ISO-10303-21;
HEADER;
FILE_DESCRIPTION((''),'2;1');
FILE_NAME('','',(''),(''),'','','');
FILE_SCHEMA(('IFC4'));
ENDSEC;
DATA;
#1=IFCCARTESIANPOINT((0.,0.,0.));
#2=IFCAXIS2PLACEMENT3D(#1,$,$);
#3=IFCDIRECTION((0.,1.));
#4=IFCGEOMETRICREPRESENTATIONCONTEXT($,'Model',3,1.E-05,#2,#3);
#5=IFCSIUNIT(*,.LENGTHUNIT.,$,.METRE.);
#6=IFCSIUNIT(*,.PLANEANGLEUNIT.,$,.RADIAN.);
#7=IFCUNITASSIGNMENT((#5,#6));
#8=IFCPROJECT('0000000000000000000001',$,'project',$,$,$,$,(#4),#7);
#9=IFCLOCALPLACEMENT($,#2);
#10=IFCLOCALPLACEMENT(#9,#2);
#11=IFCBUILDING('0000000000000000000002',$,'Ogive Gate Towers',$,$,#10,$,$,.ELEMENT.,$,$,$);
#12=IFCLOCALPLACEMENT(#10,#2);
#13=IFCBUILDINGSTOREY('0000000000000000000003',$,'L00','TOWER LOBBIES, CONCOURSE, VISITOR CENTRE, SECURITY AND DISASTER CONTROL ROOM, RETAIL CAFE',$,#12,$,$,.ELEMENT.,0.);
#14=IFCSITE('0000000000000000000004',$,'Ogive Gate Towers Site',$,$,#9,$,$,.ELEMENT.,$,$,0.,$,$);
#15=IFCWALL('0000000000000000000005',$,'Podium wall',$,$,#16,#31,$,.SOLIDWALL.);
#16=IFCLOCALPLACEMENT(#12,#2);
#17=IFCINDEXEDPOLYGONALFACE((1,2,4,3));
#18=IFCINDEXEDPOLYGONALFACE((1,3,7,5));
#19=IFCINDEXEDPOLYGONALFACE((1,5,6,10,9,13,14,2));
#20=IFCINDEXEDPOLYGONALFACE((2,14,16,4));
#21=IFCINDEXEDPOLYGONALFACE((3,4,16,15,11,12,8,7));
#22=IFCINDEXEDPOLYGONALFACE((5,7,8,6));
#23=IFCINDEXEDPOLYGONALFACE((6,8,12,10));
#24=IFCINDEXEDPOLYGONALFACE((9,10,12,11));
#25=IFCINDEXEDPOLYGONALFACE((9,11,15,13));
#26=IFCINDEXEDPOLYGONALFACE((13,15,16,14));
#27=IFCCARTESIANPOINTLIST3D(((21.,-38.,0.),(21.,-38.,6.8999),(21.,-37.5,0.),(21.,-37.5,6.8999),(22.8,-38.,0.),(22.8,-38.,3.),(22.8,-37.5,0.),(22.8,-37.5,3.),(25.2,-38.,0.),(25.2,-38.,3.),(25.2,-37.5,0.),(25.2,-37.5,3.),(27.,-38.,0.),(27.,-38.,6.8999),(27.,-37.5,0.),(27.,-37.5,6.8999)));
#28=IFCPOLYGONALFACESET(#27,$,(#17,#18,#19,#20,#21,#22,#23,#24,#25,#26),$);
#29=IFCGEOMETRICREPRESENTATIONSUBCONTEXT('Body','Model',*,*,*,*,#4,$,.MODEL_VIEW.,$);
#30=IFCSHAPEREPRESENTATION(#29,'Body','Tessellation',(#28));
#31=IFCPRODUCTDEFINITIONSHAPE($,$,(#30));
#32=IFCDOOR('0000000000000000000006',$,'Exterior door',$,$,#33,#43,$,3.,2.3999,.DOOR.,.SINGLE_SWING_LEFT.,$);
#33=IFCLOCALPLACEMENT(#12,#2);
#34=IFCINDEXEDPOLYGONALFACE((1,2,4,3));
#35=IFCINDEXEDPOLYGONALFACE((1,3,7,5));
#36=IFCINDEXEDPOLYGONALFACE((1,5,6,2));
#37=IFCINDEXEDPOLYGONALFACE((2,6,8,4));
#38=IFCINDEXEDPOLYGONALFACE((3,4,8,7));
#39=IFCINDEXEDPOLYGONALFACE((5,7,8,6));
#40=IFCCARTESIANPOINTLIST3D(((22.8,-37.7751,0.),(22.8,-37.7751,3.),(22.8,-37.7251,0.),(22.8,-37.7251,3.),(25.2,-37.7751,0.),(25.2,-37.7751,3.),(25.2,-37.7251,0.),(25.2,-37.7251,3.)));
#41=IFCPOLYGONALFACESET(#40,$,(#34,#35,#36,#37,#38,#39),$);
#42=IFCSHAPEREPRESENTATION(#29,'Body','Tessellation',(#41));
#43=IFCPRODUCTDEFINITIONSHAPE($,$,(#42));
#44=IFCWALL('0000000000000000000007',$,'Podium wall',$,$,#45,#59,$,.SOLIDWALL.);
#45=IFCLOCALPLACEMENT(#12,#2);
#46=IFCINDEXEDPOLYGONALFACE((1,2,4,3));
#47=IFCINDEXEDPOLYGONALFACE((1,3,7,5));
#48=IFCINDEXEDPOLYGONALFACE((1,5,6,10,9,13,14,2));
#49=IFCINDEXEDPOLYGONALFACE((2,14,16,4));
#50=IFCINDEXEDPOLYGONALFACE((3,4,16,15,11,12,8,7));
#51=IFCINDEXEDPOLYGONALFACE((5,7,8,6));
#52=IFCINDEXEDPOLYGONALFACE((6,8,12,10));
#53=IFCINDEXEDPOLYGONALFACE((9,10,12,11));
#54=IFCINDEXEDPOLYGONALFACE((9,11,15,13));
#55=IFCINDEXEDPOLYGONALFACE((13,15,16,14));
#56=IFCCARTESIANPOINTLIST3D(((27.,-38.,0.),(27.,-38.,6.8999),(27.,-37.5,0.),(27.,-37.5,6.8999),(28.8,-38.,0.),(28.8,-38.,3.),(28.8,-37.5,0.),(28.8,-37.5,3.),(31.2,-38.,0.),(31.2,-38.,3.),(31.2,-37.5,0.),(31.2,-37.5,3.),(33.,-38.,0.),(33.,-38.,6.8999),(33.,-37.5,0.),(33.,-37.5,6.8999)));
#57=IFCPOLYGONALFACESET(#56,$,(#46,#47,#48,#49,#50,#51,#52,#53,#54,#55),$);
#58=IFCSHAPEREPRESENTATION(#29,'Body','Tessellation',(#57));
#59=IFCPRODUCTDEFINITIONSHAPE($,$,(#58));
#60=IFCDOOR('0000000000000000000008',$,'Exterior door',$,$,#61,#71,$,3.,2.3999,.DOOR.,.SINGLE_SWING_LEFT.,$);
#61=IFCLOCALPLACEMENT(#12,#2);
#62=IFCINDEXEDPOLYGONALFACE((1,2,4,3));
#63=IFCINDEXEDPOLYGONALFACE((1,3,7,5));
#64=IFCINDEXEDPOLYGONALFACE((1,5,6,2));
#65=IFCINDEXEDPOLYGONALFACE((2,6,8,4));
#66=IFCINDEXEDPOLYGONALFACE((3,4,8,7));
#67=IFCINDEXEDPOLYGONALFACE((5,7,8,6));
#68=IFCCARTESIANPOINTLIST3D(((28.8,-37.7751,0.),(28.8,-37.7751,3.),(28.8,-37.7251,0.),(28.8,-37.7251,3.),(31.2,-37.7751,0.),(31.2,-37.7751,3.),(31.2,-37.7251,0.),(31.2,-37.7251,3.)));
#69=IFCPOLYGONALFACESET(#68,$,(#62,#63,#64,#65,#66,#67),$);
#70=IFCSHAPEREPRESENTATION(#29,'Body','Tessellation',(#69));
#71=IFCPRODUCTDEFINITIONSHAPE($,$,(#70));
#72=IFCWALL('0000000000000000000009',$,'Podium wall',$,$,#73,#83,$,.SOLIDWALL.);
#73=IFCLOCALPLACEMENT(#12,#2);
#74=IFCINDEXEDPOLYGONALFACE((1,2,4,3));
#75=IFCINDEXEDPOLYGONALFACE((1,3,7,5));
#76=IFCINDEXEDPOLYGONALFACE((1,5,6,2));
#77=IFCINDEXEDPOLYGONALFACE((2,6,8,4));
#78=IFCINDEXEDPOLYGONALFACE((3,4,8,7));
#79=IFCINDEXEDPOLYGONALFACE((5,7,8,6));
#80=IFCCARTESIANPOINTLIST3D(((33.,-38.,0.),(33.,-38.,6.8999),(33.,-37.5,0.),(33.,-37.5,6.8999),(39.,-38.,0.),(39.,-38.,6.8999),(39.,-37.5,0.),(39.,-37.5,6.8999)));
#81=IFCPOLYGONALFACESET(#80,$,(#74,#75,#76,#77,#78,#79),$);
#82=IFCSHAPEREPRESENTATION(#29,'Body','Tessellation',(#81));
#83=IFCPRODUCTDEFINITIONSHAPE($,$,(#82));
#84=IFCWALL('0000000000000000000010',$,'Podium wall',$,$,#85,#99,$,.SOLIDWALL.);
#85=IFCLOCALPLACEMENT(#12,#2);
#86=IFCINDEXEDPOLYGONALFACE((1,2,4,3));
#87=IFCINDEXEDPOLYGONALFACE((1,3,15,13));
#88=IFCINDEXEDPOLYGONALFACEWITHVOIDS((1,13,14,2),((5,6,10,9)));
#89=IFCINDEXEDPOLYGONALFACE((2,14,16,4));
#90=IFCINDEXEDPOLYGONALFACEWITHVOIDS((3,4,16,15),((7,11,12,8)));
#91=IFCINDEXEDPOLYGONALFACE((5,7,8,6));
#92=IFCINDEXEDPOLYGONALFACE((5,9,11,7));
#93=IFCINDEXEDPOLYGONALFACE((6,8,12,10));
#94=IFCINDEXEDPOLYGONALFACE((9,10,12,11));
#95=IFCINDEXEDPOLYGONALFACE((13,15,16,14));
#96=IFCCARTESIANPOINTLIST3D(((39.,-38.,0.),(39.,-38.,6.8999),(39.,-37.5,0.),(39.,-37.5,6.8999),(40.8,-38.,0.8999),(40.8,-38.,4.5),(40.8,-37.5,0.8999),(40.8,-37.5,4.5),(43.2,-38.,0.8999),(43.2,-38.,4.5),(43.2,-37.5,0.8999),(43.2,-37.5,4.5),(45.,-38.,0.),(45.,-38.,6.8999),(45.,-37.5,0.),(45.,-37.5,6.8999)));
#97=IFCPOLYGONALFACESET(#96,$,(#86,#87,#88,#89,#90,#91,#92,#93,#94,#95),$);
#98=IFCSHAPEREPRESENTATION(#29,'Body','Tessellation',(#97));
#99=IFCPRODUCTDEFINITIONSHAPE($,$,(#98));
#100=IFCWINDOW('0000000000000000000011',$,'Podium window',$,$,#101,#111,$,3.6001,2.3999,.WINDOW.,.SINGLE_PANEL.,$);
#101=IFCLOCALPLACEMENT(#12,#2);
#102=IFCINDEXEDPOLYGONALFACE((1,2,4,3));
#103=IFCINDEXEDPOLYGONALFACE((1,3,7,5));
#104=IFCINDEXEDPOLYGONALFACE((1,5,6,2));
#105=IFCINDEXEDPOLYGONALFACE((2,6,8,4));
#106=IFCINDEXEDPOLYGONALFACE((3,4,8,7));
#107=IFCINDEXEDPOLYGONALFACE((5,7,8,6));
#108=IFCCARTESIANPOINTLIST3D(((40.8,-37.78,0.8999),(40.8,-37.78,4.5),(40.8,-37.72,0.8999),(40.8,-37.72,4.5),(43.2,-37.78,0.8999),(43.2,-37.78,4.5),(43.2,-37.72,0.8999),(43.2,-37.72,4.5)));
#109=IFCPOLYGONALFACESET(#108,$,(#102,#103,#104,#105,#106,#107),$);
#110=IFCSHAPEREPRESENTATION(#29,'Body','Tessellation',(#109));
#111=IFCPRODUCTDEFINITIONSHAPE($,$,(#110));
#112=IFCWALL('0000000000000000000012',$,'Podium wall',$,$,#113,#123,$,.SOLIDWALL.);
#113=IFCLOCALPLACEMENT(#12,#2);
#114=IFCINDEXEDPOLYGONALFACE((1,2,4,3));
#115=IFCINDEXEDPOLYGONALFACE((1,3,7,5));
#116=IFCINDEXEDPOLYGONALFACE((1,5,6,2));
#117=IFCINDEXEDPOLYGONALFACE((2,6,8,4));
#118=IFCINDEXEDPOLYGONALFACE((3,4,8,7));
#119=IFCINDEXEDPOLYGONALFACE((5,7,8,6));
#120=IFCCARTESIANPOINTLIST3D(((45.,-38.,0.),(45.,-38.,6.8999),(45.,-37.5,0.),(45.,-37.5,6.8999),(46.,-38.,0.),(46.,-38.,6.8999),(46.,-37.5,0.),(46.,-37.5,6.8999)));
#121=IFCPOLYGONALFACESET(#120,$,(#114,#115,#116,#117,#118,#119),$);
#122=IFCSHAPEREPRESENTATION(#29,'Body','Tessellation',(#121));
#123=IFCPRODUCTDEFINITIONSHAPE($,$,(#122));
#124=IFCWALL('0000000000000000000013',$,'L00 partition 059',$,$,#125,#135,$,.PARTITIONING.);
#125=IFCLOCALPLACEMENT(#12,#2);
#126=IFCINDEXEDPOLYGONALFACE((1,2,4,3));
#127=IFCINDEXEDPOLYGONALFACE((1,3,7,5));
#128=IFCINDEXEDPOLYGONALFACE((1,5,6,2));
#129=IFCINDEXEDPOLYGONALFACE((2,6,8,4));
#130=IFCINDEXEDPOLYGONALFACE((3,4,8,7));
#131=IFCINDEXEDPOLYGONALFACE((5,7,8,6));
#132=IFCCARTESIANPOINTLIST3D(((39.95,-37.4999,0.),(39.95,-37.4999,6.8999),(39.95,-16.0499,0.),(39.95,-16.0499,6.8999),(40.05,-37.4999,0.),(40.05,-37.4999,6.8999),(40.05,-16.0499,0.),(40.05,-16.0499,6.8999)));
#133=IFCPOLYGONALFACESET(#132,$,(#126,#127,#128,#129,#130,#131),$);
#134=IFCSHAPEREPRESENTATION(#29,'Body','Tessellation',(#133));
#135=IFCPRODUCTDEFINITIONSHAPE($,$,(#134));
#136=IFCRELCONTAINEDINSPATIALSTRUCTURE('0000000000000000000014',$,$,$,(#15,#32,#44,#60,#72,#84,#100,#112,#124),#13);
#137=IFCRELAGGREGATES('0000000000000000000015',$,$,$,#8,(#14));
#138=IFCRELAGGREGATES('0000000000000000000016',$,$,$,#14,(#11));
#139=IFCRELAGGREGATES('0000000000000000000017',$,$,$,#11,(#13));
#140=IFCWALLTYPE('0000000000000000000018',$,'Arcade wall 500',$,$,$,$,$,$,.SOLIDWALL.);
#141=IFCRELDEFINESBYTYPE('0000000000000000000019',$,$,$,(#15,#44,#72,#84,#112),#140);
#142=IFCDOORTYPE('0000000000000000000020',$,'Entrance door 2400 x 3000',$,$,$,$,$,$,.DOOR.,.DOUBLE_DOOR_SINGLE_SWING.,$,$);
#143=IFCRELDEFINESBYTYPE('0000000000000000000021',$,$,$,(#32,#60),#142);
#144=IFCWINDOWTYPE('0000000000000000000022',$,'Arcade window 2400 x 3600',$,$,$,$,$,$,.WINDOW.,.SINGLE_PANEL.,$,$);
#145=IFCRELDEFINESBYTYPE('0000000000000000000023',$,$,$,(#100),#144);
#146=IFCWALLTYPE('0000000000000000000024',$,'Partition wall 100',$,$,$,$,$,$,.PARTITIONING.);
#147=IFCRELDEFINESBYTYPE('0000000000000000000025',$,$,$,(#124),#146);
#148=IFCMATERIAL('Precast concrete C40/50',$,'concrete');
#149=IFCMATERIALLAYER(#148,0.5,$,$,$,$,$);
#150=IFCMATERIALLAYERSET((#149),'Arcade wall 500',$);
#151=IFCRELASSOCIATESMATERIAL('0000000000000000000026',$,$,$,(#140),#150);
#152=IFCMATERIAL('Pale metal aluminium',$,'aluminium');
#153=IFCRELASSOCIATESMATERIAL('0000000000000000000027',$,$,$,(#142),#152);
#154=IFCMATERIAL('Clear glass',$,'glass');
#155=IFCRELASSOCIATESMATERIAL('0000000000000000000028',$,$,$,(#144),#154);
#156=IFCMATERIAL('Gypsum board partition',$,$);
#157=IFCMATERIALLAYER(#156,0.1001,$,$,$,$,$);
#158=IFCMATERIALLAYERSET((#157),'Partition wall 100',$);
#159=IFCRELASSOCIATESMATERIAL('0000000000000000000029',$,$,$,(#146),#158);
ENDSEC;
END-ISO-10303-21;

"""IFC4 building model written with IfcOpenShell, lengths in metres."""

from ifc_helpers import new_model, si_unit, direction, frame, frame_2d, origin, place, context, subcontext, project, spatial, rectangle, extrude, material, layer, layer_set, type_object, element, fill, save


model = new_model("IFC4")

# Units and contexts
model_context = context("Model", 3, precision=1e-05, world=origin(), true_north=direction((0.0, 1.0)))
body_context = subcontext(model_context, "Body", "Model", "MODEL_VIEW")
ifc_project = project(units=[si_unit("LENGTHUNIT", "METRE"), si_unit("PLANEANGLEUNIT", "RADIAN")], contexts=[model_context])

# Site, building, storey
site_placement = place(None, origin())
site = spatial("IfcSite", under=ifc_project, at=site_placement, Name="Ogive Gate Towers Site", CompositionType="ELEMENT", RefElevation=0.0)
building_placement = place(site_placement, origin())
building = spatial("IfcBuilding", under=site, at=building_placement, Name="Ogive Gate Towers", CompositionType="ELEMENT")
storey_placement = place(building_placement, origin())
storey = spatial("IfcBuildingStorey", under=building, at=storey_placement, Name="L00", Description="TOWER LOBBIES, CONCOURSE, VISITOR CENTRE, SECURITY AND DISASTER CONTROL ROOM, RETAIL CAFE", CompositionType="ELEMENT", Elevation=0.0)

# Shared definitions
ifc_material_1 = material(Name="Pale metal aluminium", Category="aluminium")

# Walls, openings, doors
ifc_material_2 = material(Name="Precast concrete C40/50", Category="concrete")
ifc_layer_1 = layer(ifc_material_2, 0.5)
ifc_layer_set_1 = layer_set([ifc_layer_1], Name="Arcade wall 500")
wall_type_1 = type_object("IfcWallType", Name="Arcade wall 500", PredefinedType="SOLIDWALL", material=ifc_layer_set_1)
wall_1_placement = place(storey_placement, frame((21.0, -37.75, 0.0), z_axis=(0.0, 0.0, 1.0), x_axis=(1.0, 0.0, 0.0)))
wall_1 = element("IfcWall", 1, at=wall_1_placement, inside=storey, type_object=wall_type_1, Name="Podium wall", PredefinedType="SOLIDWALL", context=body_context, shape_type="SweptSolid", body=[
    extrude(rectangle(XDim=6.0, YDim=0.5, at=frame_2d((3.0, 0.0))), origin(), (0.0, 0.0, 1.0), 6.8999),
])
opening_1_placement = place(wall_1_placement, frame((1.8, 0.0, 0.0)))
opening_1 = element("IfcOpeningElement", 2, at=opening_1_placement, cuts=wall_1, PredefinedType="OPENING", context=body_context, shape_type="SweptSolid", body=[
    extrude(rectangle(XDim=2.3999, YDim=3.0, at=frame_2d((1.2, 1.5))), frame((0.0, 0.26, 0.0), z_axis=(0.0, -1.0, 0.0), x_axis=(1.0, 0.0, 0.0)), (0.0, 0.0, 1.0), 0.52),
])
door_type = type_object("IfcDoorType", Name="Entrance door 2400 x 3000", OperationType="DOUBLE_DOOR_SINGLE_SWING", PredefinedType="DOOR", material=ifc_material_1)
door_1_placement = place(opening_1_placement, origin())
door_1 = element("IfcDoor", 3, at=door_1_placement, inside=storey, type_object=door_type, Name="Exterior door", OperationType="SINGLE_SWING_LEFT", OverallHeight=3.0, OverallWidth=2.3999, PredefinedType="DOOR", context=body_context, shape_type="SweptSolid", body=[
    extrude(rectangle(XDim=2.3999, YDim=3.0, at=frame_2d((1.2, 1.5))), frame((0.0, 0.0249, 0.0), z_axis=(0.0, -1.0, 0.0), x_axis=(1.0, 0.0, 0.0)), (0.0, 0.0, 1.0), 0.05),
])
fill(opening_1, door_1)
wall_2_placement = place(storey_placement, frame((27.0, -37.75, 0.0), z_axis=(0.0, 0.0, 1.0), x_axis=(1.0, 0.0, 0.0)))
wall_2 = element("IfcWall", 4, at=wall_2_placement, inside=storey, type_object=wall_type_1, Name="Podium wall", PredefinedType="SOLIDWALL", context=body_context, shape_type="SweptSolid", body=[
    extrude(rectangle(XDim=6.0, YDim=0.5, at=frame_2d((3.0, 0.0))), origin(), (0.0, 0.0, 1.0), 6.8999),
])
opening_2_placement = place(wall_2_placement, frame((1.8, 0.0, 0.0)))
opening_2 = element("IfcOpeningElement", 5, at=opening_2_placement, cuts=wall_2, PredefinedType="OPENING", context=body_context, shape_type="SweptSolid", body=[
    extrude(rectangle(XDim=2.3999, YDim=3.0, at=frame_2d((1.2, 1.5))), frame((0.0, 0.26, 0.0), z_axis=(0.0, -1.0, 0.0), x_axis=(1.0, 0.0, 0.0)), (0.0, 0.0, 1.0), 0.52),
])
door_2_placement = place(opening_2_placement, origin())
door_2 = element("IfcDoor", 6, at=door_2_placement, inside=storey, type_object=door_type, Name="Exterior door", OperationType="SINGLE_SWING_LEFT", OverallHeight=3.0, OverallWidth=2.3999, PredefinedType="DOOR", context=body_context, shape_type="SweptSolid", body=[
    extrude(rectangle(XDim=2.3999, YDim=3.0, at=frame_2d((1.2, 1.5))), frame((0.0, 0.0249, 0.0), z_axis=(0.0, -1.0, 0.0), x_axis=(1.0, 0.0, 0.0)), (0.0, 0.0, 1.0), 0.05),
])
fill(opening_2, door_2)

# Wall
wall_3_placement = place(storey_placement, frame((33.0, -37.75, 0.0), z_axis=(0.0, 0.0, 1.0), x_axis=(1.0, 0.0, 0.0)))
element("IfcWall", 7, at=wall_3_placement, inside=storey, type_object=wall_type_1, Name="Podium wall", PredefinedType="SOLIDWALL", context=body_context, shape_type="SweptSolid", body=[
    extrude(rectangle(XDim=6.0, YDim=0.5, at=frame_2d((3.0, 0.0))), origin(), (0.0, 0.0, 1.0), 6.8999),
])

# Wall, opening, window
wall_4_placement = place(storey_placement, frame((39.0, -37.75, 0.0), z_axis=(0.0, 0.0, 1.0), x_axis=(1.0, 0.0, 0.0)))
wall_4 = element("IfcWall", 8, at=wall_4_placement, inside=storey, type_object=wall_type_1, Name="Podium wall", PredefinedType="SOLIDWALL", context=body_context, shape_type="SweptSolid", body=[
    extrude(rectangle(XDim=6.0, YDim=0.5, at=frame_2d((3.0, 0.0))), origin(), (0.0, 0.0, 1.0), 6.8999),
])
opening_3_placement = place(wall_4_placement, frame((1.8, 0.0, 0.8999)))
opening_3 = element("IfcOpeningElement", 9, at=opening_3_placement, cuts=wall_4, PredefinedType="OPENING", context=body_context, shape_type="SweptSolid", body=[
    extrude(rectangle(XDim=2.3999, YDim=3.6001, at=frame_2d((1.2, 1.8))), frame((0.0, 0.26, 0.0), z_axis=(0.0, -1.0, 0.0), x_axis=(1.0, 0.0, 0.0)), (0.0, 0.0, 1.0), 0.52),
])
ifc_material_3 = material(Name="Clear glass", Category="glass")
window_type = type_object("IfcWindowType", Name="Arcade window 2400 x 3600", PartitioningType="SINGLE_PANEL", PredefinedType="WINDOW", material=ifc_material_3)
window_placement = place(opening_3_placement, origin())
window = element("IfcWindow", 10, at=window_placement, inside=storey, type_object=window_type, Name="Podium window", OverallHeight=3.6001, OverallWidth=2.3999, PartitioningType="SINGLE_PANEL", PredefinedType="WINDOW", context=body_context, shape_type="SweptSolid", body=[
    extrude(rectangle(XDim=2.3999, YDim=3.6001, at=frame_2d((1.2, 1.8))), frame((0.0, 0.03, 0.0), z_axis=(0.0, -1.0, 0.0), x_axis=(1.0, 0.0, 0.0)), (0.0, 0.0, 1.0), 0.0601),
])
fill(opening_3, window)

# Walls
wall_5_placement = place(storey_placement, frame((45.0, -37.75, 0.0), z_axis=(0.0, 0.0, 1.0), x_axis=(1.0, 0.0, 0.0)))
element("IfcWall", 11, at=wall_5_placement, inside=storey, type_object=wall_type_1, Name="Podium wall", PredefinedType="SOLIDWALL", context=body_context, shape_type="SweptSolid", body=[
    extrude(rectangle(XDim=1.0, YDim=0.5, at=frame_2d((0.5, 0.0))), origin(), (0.0, 0.0, 1.0), 6.8999),
])
ifc_material_4 = material(Name="Gypsum board partition")
ifc_layer_2 = layer(ifc_material_4, 0.1001)
ifc_layer_set_2 = layer_set([ifc_layer_2], Name="Partition wall 100")
wall_type_2 = type_object("IfcWallType", Name="Partition wall 100", PredefinedType="PARTITIONING", material=ifc_layer_set_2)
wall_6_placement = place(storey_placement, frame((40.0, -37.5, 0.0), z_axis=(0.0, 0.0, 1.0), x_axis=(0.0, 1.0, 0.0)))
element("IfcWall", 12, at=wall_6_placement, inside=storey, type_object=wall_type_2, Name="L00 partition 059", PredefinedType="PARTITIONING", context=body_context, shape_type="SweptSolid", body=[
    extrude(rectangle(XDim=21.45, YDim=0.1001, at=frame_2d((10.7251, 0.0))), origin(), (0.0, 0.0, 1.0), 6.8999),
])

save(model, "model.ifc")
